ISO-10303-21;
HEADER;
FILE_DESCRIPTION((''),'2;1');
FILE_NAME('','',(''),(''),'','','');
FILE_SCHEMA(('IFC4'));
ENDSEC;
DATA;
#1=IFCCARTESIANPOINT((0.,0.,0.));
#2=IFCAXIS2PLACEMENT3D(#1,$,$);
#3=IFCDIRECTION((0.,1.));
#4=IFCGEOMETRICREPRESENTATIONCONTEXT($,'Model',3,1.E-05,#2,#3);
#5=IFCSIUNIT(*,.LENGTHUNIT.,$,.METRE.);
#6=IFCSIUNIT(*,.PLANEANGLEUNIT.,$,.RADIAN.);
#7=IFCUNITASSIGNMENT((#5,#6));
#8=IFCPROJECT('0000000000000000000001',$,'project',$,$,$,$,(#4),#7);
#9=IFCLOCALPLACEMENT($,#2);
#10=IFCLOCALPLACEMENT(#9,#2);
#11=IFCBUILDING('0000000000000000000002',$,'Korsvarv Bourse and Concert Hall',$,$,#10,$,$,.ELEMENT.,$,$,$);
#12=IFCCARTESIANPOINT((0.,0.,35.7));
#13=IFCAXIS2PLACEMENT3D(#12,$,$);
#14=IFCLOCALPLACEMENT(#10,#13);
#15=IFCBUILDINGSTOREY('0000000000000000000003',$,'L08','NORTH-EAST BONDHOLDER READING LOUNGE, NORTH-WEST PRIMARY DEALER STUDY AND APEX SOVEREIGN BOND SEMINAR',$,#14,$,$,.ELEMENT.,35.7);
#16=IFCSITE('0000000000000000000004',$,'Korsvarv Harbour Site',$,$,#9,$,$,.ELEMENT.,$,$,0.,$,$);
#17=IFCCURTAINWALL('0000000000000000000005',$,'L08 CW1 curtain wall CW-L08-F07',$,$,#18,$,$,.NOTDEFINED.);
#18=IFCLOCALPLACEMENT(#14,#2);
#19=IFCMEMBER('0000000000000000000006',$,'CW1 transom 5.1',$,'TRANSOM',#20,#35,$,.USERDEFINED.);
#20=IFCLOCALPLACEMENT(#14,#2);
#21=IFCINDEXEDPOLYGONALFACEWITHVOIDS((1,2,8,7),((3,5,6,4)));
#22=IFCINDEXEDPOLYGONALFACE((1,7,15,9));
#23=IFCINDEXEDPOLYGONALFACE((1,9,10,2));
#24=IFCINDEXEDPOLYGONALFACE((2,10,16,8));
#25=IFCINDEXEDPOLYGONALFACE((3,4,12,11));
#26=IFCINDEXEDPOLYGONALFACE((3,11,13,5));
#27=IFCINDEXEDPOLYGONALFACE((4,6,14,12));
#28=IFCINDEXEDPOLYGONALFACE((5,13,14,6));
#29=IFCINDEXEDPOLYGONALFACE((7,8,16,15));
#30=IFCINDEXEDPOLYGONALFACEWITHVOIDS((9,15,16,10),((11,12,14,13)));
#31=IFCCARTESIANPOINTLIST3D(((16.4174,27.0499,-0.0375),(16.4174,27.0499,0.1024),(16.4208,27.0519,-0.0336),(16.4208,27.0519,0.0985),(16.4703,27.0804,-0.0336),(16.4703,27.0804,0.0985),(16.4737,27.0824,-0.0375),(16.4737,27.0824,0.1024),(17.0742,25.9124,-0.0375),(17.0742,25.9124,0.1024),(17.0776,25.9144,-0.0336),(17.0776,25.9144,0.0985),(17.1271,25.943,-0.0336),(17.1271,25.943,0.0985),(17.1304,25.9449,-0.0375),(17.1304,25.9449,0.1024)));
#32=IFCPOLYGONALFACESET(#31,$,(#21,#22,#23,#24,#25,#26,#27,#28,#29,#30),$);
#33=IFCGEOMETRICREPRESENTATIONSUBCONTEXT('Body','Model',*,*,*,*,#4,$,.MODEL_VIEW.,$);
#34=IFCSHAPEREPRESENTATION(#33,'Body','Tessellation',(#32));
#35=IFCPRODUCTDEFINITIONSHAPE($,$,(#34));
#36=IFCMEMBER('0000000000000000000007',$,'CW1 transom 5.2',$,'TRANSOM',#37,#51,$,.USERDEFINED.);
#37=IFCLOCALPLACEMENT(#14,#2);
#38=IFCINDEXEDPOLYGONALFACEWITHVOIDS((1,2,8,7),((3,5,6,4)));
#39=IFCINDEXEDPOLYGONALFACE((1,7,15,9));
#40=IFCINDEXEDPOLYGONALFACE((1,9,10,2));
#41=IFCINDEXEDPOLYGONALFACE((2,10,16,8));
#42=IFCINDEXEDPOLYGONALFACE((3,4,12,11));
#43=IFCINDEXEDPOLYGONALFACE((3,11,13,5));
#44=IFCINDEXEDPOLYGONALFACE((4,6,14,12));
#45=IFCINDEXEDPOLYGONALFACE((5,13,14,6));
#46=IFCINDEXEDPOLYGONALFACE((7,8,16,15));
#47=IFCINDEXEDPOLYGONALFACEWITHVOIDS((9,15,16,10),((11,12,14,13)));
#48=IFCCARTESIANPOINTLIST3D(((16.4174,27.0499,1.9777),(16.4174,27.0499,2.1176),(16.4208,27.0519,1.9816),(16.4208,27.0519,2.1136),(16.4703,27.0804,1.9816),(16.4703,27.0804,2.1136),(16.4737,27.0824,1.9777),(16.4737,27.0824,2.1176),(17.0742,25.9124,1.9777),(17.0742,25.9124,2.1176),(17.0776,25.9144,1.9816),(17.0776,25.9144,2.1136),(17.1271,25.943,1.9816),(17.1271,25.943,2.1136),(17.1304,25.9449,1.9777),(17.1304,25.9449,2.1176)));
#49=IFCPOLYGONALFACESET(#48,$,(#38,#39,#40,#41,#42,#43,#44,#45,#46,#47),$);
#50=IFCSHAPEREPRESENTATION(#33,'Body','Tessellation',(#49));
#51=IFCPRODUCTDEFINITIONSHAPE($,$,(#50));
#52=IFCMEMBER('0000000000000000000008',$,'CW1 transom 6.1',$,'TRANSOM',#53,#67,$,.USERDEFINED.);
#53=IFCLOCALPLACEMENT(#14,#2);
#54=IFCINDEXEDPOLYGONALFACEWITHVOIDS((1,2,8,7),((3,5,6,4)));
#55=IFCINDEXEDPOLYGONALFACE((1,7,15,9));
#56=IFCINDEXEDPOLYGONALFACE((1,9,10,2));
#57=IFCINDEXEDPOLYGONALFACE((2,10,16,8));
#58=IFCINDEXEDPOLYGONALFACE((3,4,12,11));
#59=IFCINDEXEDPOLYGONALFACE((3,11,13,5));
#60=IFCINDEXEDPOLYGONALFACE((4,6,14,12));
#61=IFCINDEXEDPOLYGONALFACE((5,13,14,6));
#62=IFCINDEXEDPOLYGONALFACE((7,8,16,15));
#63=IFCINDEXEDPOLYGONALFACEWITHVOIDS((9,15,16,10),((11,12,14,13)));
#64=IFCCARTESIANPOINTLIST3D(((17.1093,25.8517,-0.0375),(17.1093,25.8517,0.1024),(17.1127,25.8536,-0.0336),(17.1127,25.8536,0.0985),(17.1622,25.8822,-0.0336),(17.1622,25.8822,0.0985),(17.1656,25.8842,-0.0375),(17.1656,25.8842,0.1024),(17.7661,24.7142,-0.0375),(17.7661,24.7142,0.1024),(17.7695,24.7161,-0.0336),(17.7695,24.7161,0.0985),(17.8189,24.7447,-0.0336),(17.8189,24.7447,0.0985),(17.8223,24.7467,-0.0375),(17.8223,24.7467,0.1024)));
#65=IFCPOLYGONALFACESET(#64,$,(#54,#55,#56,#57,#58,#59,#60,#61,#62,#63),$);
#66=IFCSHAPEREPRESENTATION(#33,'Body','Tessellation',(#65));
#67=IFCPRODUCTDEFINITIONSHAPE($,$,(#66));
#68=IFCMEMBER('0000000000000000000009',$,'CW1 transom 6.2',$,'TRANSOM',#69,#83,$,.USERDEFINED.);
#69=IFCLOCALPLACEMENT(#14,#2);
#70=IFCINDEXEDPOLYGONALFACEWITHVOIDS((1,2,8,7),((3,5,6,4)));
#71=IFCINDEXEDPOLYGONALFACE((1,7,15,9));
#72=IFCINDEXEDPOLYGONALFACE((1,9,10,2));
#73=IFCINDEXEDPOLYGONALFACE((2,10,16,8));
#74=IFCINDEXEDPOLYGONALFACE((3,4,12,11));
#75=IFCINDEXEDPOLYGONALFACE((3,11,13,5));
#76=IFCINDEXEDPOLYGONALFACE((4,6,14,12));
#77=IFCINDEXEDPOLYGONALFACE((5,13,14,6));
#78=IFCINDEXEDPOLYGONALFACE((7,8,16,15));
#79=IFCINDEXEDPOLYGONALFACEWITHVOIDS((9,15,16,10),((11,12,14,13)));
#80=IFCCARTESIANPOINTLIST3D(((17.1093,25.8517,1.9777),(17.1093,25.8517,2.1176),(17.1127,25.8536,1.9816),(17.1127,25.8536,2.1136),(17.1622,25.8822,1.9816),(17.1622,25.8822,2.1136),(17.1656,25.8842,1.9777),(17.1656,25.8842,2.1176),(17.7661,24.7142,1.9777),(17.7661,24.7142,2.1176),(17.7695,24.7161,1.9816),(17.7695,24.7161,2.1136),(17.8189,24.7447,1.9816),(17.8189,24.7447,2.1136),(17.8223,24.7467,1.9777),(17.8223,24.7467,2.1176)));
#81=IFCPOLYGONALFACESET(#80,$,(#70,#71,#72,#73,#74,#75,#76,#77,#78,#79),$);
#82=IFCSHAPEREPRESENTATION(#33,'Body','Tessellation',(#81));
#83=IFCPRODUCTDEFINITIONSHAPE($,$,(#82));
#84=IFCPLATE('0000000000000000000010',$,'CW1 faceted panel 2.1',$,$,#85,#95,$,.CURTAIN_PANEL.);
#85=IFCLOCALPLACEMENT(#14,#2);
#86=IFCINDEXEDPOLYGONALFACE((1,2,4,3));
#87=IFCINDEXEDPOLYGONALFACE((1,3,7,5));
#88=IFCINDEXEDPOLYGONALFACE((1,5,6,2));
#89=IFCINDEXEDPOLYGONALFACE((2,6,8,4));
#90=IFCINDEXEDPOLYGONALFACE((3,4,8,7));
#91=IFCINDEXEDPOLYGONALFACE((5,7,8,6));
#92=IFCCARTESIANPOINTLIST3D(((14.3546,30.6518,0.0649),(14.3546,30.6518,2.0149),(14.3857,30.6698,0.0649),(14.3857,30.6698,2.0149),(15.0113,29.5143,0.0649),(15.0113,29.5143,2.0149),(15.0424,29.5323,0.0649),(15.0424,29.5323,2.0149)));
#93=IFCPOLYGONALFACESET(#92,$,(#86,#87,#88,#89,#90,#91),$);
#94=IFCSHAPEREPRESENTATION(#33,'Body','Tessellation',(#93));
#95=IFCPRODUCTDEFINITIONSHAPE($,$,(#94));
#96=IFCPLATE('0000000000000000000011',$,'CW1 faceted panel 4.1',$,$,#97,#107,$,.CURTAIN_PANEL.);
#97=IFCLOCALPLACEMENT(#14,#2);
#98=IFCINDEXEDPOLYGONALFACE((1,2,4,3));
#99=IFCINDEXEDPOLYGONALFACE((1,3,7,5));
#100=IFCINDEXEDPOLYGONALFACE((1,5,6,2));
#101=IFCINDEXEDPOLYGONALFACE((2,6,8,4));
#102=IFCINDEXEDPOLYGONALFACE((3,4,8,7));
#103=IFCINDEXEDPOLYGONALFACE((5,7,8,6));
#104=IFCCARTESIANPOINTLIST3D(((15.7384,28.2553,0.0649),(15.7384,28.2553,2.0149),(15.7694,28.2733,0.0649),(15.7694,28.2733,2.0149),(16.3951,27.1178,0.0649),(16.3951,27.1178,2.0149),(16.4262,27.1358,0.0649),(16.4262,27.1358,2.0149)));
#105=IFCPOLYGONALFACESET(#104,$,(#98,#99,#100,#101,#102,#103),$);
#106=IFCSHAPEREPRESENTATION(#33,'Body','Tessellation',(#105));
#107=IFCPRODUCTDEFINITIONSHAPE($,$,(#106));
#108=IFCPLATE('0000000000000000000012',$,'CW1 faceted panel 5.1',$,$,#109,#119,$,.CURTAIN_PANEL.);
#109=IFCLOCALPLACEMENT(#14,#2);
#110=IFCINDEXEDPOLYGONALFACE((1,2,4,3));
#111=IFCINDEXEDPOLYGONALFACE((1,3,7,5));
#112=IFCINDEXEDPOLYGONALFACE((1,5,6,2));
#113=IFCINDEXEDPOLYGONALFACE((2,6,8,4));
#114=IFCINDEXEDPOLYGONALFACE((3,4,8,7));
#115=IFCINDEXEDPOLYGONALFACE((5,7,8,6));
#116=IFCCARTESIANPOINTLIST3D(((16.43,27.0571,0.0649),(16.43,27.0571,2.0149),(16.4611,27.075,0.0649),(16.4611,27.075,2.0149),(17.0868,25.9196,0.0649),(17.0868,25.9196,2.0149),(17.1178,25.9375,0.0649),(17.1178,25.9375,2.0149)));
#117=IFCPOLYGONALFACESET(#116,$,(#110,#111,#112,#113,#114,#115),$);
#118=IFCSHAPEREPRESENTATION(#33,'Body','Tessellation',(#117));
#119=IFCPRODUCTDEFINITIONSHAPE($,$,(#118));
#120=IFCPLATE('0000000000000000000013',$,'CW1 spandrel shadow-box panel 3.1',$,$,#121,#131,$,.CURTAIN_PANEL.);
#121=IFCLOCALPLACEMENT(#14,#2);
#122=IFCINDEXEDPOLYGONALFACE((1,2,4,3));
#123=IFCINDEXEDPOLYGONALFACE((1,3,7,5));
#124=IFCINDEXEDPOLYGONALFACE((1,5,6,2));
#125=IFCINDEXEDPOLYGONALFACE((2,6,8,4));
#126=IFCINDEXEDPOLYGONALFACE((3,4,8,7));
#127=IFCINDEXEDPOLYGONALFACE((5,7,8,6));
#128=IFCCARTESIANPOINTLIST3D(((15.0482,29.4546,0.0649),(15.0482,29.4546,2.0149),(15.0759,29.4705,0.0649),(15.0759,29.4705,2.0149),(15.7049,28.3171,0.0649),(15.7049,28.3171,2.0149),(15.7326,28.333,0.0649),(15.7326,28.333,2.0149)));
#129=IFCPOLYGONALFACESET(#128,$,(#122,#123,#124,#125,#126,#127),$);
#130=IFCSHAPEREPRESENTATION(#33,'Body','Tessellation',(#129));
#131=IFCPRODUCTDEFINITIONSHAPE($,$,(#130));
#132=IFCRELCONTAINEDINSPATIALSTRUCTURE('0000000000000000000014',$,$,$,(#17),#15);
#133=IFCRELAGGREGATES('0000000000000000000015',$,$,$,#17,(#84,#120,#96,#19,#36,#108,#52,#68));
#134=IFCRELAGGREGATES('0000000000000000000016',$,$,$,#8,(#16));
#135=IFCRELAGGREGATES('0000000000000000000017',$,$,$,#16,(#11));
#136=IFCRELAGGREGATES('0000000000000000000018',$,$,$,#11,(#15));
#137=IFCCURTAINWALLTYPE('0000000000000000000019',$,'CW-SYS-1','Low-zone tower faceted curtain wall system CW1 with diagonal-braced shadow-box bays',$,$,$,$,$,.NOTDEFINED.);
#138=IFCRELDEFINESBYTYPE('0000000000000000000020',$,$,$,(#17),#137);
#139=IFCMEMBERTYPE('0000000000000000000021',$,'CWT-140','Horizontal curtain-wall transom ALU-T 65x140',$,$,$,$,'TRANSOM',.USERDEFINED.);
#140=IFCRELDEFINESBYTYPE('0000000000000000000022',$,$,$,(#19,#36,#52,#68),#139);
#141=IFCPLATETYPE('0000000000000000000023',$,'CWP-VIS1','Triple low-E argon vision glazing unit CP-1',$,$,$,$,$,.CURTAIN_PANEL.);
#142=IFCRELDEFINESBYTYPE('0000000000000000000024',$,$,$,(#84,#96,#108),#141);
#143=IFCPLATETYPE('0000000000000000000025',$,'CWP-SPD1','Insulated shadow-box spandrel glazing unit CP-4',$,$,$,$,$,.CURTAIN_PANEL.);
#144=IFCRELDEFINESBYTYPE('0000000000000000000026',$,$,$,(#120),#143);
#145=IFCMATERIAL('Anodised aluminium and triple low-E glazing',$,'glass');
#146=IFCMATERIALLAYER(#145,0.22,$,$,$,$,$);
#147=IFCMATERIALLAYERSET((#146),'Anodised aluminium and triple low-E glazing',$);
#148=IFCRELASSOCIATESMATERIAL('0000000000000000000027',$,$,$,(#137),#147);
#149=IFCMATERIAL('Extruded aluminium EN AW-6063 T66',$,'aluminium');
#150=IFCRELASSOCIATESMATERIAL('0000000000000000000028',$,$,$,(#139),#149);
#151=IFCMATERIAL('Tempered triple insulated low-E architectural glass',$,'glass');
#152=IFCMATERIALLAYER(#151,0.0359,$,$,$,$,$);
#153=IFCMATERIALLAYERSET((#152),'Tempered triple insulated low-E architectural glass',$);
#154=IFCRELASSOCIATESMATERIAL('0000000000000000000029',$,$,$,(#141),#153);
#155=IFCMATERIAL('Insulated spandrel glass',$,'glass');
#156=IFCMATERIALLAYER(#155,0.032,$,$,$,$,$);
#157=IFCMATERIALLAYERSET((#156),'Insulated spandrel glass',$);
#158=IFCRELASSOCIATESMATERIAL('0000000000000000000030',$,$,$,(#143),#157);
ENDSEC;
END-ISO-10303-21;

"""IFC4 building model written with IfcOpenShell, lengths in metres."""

from ifc_helpers import new_model, si_unit, direction, frame, origin, origin_2d, place, context, subcontext, project, spatial, rectangle, hollow_rectangle, extrude, source, transform, mapped, material, layer, layer_set, material_profile, profile_set, type_object, element, aggregate, save


model = new_model("IFC4")

# Units and contexts
model_context = context("Model", 3, precision=1e-05, world=origin(), true_north=direction((0.0, 1.0)))
body_context = subcontext(model_context, "Body", "Model", "MODEL_VIEW")
ifc_project = project(units=[si_unit("LENGTHUNIT", "METRE"), si_unit("PLANEANGLEUNIT", "RADIAN")], contexts=[model_context])

# Site, building, storey
site_placement = place(None, origin())
site = spatial("IfcSite", under=ifc_project, at=site_placement, Name="Korsvarv Harbour Site", CompositionType="ELEMENT", RefElevation=0.0)
building_placement = place(site_placement, origin())
building = spatial("IfcBuilding", under=site, at=building_placement, Name="Korsvarv Bourse and Concert Hall", CompositionType="ELEMENT")
storey_placement = place(building_placement, frame((0.0, 0.0, 35.7)))
storey = spatial("IfcBuildingStorey", under=building, at=storey_placement, Name="L08", Description="NORTH-EAST BONDHOLDER READING LOUNGE, NORTH-WEST PRIMARY DEALER STUDY AND APEX SOVEREIGN BOND SEMINAR", CompositionType="ELEMENT", Elevation=35.7)

# Curtain wall, members, plates
ifc_material_1 = material(Name="Anodised aluminium and triple low-E glazing", Category="glass")
ifc_layer_1 = layer(ifc_material_1, 0.22)
ifc_layer_set_1 = layer_set([ifc_layer_1], Name="Anodised aluminium and triple low-E glazing")
curtain_wall_type = type_object("IfcCurtainWallType", Name="CW-SYS-1", Description="Low-zone tower faceted curtain wall system CW1 with diagonal-braced shadow-box bays", PredefinedType="NOTDEFINED", material=ifc_layer_set_1)
curtain_wall_placement = place(storey_placement, origin())
curtain_wall = element("IfcCurtainWall", 1, at=curtain_wall_placement, inside=storey, type_object=curtain_wall_type, Name="L08 CW1 curtain wall CW-L08-F07", PredefinedType="NOTDEFINED")
ifc_material_2 = material(Name="Extruded aluminium EN AW-6063 T66", Category="aluminium")
ifc_material_profile_1 = material_profile(ifc_material_2, hollow_rectangle(XDim=0.0649, YDim=0.1399, WallThickness=0.0039, at=origin_2d()), Name="ALU-T 65x140")
ifc_profile_set_1 = profile_set([ifc_material_profile_1], Name="Extruded aluminium EN AW-6063 T66")
member_type_1 = type_object("IfcMemberType", Name="CWT-140", Description="Horizontal curtain-wall transom ALU-T 65x140", ElementType="TRANSOM", PredefinedType="USERDEFINED", material=ifc_profile_set_1)
shared_shape_1 = source(origin(), body_context, "Body", "SweptSolid", [
    extrude(hollow_rectangle(XDim=0.0649, YDim=0.1399, WallThickness=0.0039, at=origin_2d()), origin(), (0.0, 0.0, 1.0), 1.3135),
])
member_1_placement = place(storey_placement, frame((16.4456, 27.0662, 0.0325), z_axis=(0.500017, -0.866015, 0.0), x_axis=(0.866015, 0.500017, 0.0)))
member_1 = element("IfcMember", 2, at=member_1_placement, type_object=member_type_1, Name="CW1 transom 5.1", ObjectType="TRANSOM", PredefinedType="USERDEFINED", context=body_context, shape_type="MappedRepresentation", body=[
    mapped(shared_shape_1, transform((0.0, 0.0, 0.0), scale=1.0)),
])
member_2_placement = place(storey_placement, frame((16.4456, 27.0662, 2.0476), z_axis=(0.500017, -0.866015, 0.0), x_axis=(0.866015, 0.500017, 0.0)))
member_2 = element("IfcMember", 3, at=member_2_placement, type_object=member_type_1, Name="CW1 transom 5.2", ObjectType="TRANSOM", PredefinedType="USERDEFINED", context=body_context, shape_type="MappedRepresentation", body=[
    mapped(shared_shape_1, transform((0.0, 0.0, 0.0), scale=1.0)),
])
member_3_placement = place(storey_placement, frame((17.1375, 25.8679, 0.0325), z_axis=(0.500017, -0.866015, 0.0), x_axis=(0.866015, 0.500017, 0.0)))
member_3 = element("IfcMember", 4, at=member_3_placement, type_object=member_type_1, Name="CW1 transom 6.1", ObjectType="TRANSOM", PredefinedType="USERDEFINED", context=body_context, shape_type="MappedRepresentation", body=[
    mapped(shared_shape_1, transform((0.0, 0.0, 0.0), scale=1.0)),
])
member_4_placement = place(storey_placement, frame((17.1375, 25.8679, 2.0476), z_axis=(0.500017, -0.866015, 0.0), x_axis=(0.866015, 0.500017, 0.0)))
member_4 = element("IfcMember", 5, at=member_4_placement, type_object=member_type_1, Name="CW1 transom 6.2", ObjectType="TRANSOM", PredefinedType="USERDEFINED", context=body_context, shape_type="MappedRepresentation", body=[
    mapped(shared_shape_1, transform((0.0, 0.0, 0.0), scale=1.0)),
])
ifc_material_3 = material(Name="Tempered triple insulated low-E architectural glass", Category="glass")
ifc_layer_2 = layer(ifc_material_3, 0.0359)
ifc_layer_set_2 = layer_set([ifc_layer_2], Name="Tempered triple insulated low-E architectural glass")
plate_type_1 = type_object("IfcPlateType", Name="CWP-VIS1", Description="Triple low-E argon vision glazing unit CP-1", PredefinedType="CURTAIN_PANEL", material=ifc_layer_set_2)
shared_shape_2 = source(origin(), body_context, "Body", "SweptSolid", [
    extrude(rectangle(XDim=1.3135, YDim=0.0359, at=origin_2d()), origin(), (0.0, 0.0, 1.0), 1.95),
])
plate_1_placement = place(storey_placement, frame((14.6985, 30.092, 0.0649), z_axis=(0.0, 0.0, 1.0), x_axis=(0.5, -0.866026, 0.0)))
plate_1 = element("IfcPlate", 6, at=plate_1_placement, type_object=plate_type_1, Name="CW1 faceted panel 2.1", PredefinedType="CURTAIN_PANEL", context=body_context, shape_type="MappedRepresentation", body=[
    mapped(shared_shape_2, transform((0.0, 0.0, 0.0), scale=1.0)),
])
plate_2_placement = place(storey_placement, frame((16.0823, 27.6956, 0.0649), z_axis=(0.0, 0.0, 1.0), x_axis=(0.5, -0.866026, 0.0)))
plate_2 = element("IfcPlate", 7, at=plate_2_placement, type_object=plate_type_1, Name="CW1 faceted panel 4.1", PredefinedType="CURTAIN_PANEL", context=body_context, shape_type="MappedRepresentation", body=[
    mapped(shared_shape_2, transform((0.0, 0.0, 0.0), scale=1.0)),
])
plate_3_placement = place(storey_placement, frame((16.7739, 26.4973, 0.0649), z_axis=(0.0, 0.0, 1.0), x_axis=(0.5, -0.866026, 0.0)))
plate_3 = element("IfcPlate", 8, at=plate_3_placement, type_object=plate_type_1, Name="CW1 faceted panel 5.1", PredefinedType="CURTAIN_PANEL", context=body_context, shape_type="MappedRepresentation", body=[
    mapped(shared_shape_2, transform((0.0, 0.0, 0.0), scale=1.0)),
])
ifc_material_4 = material(Name="Insulated spandrel glass", Category="glass")
ifc_layer_3 = layer(ifc_material_4, 0.032)
ifc_layer_set_3 = layer_set([ifc_layer_3], Name="Insulated spandrel glass")
plate_type_2 = type_object("IfcPlateType", Name="CWP-SPD1", Description="Insulated shadow-box spandrel glazing unit CP-4", PredefinedType="CURTAIN_PANEL", material=ifc_layer_set_3)
shared_shape_3 = source(origin(), body_context, "Body", "SweptSolid", [
    extrude(rectangle(XDim=1.3135, YDim=0.032, at=origin_2d()), origin(), (0.0, 0.0, 1.0), 1.95),
])
plate_4_placement = place(storey_placement, frame((15.3904, 28.8938, 0.0649), z_axis=(0.0, 0.0, 1.0), x_axis=(0.5, -0.866026, 0.0)))
plate_4 = element("IfcPlate", 9, at=plate_4_placement, type_object=plate_type_2, Name="CW1 spandrel shadow-box panel 3.1", PredefinedType="CURTAIN_PANEL", context=body_context, shape_type="MappedRepresentation", body=[
    mapped(shared_shape_3, transform((0.0, 0.0, 0.0), scale=1.0)),
])
aggregate(curtain_wall, [plate_1, plate_4, plate_2, member_1, member_2, plate_3, member_3, member_4])

save(model, "model.ifc")
